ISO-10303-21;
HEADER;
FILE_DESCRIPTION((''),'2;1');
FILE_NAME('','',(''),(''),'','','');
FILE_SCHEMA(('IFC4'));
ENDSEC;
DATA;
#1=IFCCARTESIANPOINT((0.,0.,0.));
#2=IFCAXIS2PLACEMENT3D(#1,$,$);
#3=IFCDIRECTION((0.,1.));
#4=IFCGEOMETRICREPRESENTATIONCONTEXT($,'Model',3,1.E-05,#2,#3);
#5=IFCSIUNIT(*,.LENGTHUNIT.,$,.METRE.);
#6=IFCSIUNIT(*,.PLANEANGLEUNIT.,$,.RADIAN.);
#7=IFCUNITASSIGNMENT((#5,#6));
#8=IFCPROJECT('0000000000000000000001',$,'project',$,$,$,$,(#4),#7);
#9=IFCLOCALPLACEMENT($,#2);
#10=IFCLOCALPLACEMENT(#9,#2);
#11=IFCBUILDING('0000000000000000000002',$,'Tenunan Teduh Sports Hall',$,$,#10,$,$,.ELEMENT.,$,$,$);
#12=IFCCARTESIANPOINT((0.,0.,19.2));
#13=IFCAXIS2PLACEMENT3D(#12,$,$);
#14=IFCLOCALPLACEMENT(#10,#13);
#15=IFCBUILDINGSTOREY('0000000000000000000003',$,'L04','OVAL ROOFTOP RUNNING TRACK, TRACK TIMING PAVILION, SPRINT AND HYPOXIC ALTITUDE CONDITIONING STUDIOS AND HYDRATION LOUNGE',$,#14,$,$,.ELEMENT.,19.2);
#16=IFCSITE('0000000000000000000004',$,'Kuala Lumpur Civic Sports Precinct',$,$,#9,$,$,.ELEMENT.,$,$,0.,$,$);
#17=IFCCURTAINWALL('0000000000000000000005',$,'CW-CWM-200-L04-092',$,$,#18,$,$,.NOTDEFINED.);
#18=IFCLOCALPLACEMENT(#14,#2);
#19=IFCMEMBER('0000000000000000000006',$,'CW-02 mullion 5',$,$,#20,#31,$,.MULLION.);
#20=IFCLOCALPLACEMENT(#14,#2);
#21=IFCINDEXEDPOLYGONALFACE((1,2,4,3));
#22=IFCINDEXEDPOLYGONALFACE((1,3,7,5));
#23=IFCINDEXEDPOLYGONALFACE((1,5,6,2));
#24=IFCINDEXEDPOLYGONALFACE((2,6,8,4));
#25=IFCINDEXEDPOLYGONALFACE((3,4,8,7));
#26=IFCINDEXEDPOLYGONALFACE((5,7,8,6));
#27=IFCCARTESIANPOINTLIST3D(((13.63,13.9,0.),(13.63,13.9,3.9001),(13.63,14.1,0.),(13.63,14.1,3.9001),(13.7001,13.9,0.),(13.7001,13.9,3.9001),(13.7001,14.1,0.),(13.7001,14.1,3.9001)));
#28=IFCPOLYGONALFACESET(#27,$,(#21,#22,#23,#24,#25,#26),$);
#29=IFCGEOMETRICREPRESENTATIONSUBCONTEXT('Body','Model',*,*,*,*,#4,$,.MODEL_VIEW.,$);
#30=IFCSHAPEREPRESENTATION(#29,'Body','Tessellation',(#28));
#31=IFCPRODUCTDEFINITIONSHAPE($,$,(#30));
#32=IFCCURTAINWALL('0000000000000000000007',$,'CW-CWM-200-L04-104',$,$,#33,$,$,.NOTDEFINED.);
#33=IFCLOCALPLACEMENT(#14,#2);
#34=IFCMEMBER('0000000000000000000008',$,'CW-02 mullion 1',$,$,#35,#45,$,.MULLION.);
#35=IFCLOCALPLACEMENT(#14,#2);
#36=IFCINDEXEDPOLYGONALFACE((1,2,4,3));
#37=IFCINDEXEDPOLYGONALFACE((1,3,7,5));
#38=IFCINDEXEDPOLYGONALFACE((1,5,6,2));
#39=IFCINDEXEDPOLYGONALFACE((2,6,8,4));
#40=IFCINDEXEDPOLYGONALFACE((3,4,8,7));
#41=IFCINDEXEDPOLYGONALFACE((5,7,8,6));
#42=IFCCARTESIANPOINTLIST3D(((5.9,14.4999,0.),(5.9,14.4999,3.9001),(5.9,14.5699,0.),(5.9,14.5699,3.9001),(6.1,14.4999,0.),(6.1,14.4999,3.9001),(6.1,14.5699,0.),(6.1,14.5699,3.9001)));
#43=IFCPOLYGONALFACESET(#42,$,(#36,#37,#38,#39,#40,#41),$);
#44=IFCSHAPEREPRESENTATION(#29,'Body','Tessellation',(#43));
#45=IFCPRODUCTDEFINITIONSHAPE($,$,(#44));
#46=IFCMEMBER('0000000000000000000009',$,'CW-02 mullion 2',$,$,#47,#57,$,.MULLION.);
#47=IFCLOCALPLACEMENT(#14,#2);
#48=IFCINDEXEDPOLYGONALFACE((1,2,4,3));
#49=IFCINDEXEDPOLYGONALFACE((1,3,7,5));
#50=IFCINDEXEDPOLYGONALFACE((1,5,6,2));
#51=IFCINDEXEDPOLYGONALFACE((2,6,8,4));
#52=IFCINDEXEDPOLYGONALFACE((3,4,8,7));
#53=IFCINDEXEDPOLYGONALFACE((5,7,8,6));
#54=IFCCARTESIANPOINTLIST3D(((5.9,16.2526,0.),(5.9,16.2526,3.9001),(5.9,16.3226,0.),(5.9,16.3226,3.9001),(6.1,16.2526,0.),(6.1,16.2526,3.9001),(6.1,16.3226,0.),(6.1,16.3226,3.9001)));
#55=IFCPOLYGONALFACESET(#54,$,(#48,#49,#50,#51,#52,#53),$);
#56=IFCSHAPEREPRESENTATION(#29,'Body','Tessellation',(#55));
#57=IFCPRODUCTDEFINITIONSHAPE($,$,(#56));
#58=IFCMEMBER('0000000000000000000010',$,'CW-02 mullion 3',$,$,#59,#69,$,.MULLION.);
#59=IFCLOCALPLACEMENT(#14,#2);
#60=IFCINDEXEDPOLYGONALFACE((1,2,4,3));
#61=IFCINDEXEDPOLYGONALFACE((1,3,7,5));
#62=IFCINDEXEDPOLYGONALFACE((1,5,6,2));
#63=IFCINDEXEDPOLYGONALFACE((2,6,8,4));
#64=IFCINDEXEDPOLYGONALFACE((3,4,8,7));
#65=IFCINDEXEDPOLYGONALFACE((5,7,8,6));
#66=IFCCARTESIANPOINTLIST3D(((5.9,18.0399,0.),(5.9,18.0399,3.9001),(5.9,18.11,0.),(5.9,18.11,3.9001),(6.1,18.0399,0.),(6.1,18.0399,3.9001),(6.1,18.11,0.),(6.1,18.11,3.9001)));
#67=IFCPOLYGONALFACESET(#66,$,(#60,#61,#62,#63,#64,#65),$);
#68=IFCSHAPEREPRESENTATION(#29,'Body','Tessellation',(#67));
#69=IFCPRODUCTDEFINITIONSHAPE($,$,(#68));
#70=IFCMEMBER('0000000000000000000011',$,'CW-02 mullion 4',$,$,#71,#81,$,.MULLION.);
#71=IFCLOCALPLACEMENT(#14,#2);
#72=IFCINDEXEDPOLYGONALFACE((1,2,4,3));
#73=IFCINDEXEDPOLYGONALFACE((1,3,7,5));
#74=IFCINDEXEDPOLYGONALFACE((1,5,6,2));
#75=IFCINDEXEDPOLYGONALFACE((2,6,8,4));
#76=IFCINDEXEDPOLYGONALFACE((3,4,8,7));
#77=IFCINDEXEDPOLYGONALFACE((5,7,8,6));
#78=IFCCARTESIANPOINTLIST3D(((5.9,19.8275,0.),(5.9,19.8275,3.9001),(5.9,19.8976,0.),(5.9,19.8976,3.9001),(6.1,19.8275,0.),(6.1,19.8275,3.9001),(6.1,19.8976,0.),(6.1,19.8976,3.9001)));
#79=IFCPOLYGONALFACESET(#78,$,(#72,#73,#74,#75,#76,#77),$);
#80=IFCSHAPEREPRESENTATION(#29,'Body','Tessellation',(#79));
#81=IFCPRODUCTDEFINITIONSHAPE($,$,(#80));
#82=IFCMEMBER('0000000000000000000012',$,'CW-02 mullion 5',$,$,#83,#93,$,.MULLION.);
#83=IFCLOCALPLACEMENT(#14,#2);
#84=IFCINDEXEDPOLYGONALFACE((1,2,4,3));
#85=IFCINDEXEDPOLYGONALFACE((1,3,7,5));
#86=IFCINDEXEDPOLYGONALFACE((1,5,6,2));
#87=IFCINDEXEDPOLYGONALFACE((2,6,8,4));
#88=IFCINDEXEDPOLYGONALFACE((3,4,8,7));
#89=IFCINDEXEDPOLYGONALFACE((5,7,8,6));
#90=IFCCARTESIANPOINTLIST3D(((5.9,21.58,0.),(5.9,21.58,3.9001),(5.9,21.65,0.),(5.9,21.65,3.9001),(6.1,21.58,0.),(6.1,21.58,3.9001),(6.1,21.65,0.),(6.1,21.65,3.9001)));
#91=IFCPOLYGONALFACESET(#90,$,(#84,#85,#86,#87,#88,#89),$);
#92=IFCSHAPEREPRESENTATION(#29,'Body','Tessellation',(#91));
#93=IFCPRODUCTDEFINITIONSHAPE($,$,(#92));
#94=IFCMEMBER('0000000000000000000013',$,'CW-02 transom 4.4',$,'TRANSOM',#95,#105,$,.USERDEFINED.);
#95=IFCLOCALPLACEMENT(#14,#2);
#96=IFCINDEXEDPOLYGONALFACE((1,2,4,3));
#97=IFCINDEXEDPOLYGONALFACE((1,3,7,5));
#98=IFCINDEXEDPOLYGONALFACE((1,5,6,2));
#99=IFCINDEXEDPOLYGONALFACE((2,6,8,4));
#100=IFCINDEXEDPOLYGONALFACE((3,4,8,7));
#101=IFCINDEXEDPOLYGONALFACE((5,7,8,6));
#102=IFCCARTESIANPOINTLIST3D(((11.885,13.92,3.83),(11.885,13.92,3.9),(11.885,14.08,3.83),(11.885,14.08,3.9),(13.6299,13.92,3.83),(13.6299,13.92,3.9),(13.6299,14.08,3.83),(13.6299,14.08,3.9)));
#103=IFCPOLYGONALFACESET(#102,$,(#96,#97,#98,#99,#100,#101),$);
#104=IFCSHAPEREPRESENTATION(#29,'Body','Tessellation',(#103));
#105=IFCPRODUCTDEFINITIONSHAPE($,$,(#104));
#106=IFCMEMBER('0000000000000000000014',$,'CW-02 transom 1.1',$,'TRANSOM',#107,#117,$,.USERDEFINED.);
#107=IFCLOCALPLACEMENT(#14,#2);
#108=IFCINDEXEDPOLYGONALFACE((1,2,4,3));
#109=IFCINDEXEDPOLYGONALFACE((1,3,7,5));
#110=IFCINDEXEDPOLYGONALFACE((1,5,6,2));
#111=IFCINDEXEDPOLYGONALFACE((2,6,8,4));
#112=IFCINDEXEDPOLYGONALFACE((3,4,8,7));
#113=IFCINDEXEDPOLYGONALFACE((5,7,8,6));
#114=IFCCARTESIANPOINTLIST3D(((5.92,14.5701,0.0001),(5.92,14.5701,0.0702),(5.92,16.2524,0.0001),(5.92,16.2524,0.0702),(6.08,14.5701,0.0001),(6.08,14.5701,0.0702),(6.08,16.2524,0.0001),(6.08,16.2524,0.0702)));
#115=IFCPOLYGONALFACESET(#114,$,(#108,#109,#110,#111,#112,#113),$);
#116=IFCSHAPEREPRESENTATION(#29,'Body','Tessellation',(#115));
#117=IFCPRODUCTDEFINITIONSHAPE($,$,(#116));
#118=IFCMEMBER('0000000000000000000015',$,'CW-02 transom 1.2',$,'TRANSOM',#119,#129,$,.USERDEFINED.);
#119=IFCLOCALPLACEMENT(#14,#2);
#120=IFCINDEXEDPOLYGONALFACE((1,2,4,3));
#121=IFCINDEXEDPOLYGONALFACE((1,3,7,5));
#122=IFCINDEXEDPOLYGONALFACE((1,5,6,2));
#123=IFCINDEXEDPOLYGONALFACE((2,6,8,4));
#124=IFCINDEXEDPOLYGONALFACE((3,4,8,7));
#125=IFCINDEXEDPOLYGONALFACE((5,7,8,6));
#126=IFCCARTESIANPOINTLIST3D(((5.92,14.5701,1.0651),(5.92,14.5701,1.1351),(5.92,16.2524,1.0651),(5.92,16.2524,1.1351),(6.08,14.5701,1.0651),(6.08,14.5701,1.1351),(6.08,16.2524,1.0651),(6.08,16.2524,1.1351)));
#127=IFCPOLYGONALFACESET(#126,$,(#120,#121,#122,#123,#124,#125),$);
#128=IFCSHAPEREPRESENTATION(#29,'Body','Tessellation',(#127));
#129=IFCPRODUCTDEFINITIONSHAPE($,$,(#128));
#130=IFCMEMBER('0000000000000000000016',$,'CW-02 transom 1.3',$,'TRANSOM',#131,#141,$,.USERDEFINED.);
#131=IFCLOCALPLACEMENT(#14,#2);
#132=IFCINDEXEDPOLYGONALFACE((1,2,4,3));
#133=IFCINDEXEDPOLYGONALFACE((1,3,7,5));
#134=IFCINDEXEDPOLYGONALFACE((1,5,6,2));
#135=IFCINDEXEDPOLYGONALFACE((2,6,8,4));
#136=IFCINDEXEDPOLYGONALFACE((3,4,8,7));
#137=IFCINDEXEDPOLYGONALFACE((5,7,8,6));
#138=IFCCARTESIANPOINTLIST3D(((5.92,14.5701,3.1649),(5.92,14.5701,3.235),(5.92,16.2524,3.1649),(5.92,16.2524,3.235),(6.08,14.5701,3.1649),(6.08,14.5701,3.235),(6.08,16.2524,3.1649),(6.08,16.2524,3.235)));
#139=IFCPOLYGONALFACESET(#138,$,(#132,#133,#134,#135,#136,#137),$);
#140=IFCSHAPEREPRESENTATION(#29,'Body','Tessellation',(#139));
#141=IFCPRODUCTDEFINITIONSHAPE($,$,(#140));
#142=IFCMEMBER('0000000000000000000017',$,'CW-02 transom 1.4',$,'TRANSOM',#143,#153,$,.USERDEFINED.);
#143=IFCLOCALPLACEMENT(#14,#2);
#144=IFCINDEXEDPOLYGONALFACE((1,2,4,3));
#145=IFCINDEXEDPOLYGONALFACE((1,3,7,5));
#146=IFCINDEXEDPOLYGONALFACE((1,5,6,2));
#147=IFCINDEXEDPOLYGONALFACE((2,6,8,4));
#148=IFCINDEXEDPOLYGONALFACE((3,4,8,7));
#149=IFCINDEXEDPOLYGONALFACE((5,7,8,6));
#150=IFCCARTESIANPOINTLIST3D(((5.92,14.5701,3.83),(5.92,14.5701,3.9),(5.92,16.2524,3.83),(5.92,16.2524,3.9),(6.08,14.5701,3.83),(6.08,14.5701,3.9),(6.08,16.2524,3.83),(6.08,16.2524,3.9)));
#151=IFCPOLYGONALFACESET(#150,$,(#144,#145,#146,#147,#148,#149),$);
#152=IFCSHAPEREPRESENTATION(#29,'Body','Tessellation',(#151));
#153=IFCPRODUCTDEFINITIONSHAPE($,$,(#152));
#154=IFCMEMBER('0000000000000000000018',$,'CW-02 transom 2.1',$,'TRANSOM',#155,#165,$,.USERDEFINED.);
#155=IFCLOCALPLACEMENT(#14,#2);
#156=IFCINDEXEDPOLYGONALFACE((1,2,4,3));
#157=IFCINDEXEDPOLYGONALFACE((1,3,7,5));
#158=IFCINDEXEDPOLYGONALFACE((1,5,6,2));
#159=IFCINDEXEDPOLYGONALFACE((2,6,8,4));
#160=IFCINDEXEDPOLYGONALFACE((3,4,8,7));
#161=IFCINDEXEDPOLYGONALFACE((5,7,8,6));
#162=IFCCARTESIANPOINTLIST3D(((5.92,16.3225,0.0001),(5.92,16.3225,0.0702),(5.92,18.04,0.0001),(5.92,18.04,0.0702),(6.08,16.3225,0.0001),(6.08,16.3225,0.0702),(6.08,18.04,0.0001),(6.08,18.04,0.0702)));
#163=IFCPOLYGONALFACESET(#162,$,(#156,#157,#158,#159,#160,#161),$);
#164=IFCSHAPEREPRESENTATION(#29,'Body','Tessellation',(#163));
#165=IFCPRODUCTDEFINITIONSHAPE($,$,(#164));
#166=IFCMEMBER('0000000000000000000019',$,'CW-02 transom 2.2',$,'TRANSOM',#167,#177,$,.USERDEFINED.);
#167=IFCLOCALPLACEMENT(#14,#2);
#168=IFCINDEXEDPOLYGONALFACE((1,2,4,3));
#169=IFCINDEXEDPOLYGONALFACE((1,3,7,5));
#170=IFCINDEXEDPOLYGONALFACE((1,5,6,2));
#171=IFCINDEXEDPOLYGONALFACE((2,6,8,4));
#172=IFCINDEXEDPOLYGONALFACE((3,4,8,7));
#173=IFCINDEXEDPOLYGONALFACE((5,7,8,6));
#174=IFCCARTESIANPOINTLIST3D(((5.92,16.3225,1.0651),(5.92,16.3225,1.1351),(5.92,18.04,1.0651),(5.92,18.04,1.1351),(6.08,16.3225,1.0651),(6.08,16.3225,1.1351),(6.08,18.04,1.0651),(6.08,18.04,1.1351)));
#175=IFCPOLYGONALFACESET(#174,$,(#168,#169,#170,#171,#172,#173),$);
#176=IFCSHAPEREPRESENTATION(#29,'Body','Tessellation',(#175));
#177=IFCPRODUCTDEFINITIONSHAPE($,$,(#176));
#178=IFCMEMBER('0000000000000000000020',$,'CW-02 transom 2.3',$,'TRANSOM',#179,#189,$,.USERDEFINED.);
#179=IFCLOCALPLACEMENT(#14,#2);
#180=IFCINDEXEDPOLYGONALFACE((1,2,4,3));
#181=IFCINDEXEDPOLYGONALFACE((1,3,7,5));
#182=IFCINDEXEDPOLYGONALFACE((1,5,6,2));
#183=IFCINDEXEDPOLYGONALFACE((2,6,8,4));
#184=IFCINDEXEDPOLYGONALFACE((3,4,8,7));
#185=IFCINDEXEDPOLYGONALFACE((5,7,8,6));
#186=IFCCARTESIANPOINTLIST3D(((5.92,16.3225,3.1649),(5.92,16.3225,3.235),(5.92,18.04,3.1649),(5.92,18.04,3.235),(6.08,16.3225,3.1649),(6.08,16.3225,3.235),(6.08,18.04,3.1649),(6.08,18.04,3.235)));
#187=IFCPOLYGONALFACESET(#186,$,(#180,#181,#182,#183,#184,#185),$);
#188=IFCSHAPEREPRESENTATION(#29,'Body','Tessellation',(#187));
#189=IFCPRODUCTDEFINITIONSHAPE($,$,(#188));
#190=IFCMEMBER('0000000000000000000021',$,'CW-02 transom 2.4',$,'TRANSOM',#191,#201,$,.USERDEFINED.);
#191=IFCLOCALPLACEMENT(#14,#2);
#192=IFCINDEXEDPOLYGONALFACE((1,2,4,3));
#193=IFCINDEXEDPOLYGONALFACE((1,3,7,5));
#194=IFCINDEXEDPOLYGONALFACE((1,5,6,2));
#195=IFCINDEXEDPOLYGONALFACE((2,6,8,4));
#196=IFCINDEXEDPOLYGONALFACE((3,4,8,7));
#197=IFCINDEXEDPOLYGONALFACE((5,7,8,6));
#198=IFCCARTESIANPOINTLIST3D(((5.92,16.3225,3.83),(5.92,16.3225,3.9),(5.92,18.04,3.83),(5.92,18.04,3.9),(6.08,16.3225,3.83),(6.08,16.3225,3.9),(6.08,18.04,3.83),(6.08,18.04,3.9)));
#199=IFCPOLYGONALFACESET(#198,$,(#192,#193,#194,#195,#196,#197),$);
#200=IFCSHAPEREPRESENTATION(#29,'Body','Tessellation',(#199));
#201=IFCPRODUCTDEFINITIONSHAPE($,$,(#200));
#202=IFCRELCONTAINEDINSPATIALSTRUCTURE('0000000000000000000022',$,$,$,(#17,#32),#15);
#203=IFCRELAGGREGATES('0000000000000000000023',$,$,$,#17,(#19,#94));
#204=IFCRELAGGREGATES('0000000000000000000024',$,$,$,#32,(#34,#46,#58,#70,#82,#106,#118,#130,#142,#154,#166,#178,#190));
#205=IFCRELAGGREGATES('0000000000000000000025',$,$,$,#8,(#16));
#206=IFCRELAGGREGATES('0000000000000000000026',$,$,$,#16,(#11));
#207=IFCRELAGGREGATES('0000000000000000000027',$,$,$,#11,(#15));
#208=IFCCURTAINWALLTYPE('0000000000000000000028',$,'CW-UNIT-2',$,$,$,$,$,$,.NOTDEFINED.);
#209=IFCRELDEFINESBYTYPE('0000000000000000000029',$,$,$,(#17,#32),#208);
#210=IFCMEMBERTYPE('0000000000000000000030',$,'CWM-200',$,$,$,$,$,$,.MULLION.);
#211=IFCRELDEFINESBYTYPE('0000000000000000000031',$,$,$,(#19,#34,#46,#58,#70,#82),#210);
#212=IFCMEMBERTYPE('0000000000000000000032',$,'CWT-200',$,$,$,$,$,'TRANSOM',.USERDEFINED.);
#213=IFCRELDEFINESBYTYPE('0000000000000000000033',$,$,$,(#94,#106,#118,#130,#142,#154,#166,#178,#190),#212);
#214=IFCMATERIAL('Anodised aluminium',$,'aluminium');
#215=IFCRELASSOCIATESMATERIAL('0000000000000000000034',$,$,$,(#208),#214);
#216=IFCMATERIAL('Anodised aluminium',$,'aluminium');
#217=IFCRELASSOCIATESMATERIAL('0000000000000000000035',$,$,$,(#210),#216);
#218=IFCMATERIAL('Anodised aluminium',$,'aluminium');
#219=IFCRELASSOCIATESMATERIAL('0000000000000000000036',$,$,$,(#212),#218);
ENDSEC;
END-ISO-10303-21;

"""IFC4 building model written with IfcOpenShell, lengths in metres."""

from ifc_helpers import new_model, si_unit, direction, frame, origin, origin_2d, place, context, subcontext, project, spatial, rectangle, extrude, material, material_profile, profile_set, type_object, element, aggregate, save


model = new_model("IFC4")

# Units and contexts
model_context = context("Model", 3, precision=1e-05, world=origin(), true_north=direction((0.0, 1.0)))
body_context = subcontext(model_context, "Body", "Model", "MODEL_VIEW")
ifc_project = project(units=[si_unit("LENGTHUNIT", "METRE"), si_unit("PLANEANGLEUNIT", "RADIAN")], contexts=[model_context])

# Site, building, storey
site_placement = place(None, origin())
site = spatial("IfcSite", under=ifc_project, at=site_placement, Name="Kuala Lumpur Civic Sports Precinct", CompositionType="ELEMENT", RefElevation=0.0)
building_placement = place(site_placement, origin())
building = spatial("IfcBuilding", under=site, at=building_placement, Name="Tenunan Teduh Sports Hall", CompositionType="ELEMENT")
storey_placement = place(building_placement, frame((0.0, 0.0, 19.2)))
storey = spatial("IfcBuildingStorey", under=building, at=storey_placement, Name="L04", Description="OVAL ROOFTOP RUNNING TRACK, TRACK TIMING PAVILION, SPRINT AND HYPOXIC ALTITUDE CONDITIONING STUDIOS AND HYDRATION LOUNGE", CompositionType="ELEMENT", Elevation=19.2)

# Curtain wall, member
ifc_material_1 = material(Name="Anodised aluminium", Category="aluminium")
curtain_wall_type = type_object("IfcCurtainWallType", Name="CW-UNIT-2", PredefinedType="NOTDEFINED", material=ifc_material_1)
curtain_wall_1_placement = place(storey_placement, origin())
curtain_wall_1 = element("IfcCurtainWall", 1, at=curtain_wall_1_placement, inside=storey, type_object=curtain_wall_type, Name="CW-CWM-200-L04-092", PredefinedType="NOTDEFINED")
ifc_material_2 = material(Name="Anodised aluminium", Category="aluminium")
ifc_material_profile_1 = material_profile(ifc_material_2, rectangle(XDim=0.0701, YDim=0.2, at=origin_2d()), Name="CWM 70x200")
ifc_profile_set_1 = profile_set([ifc_material_profile_1], Name="Anodised aluminium")
member_type_1 = type_object("IfcMemberType", Name="CWM-200", PredefinedType="MULLION", material=ifc_profile_set_1)
member_1_placement = place(storey_placement, frame((13.665, 14.0, 0.0), z_axis=(0.0, 0.0, 1.0), x_axis=(1.0, 0.0, 0.0)))
member_1 = element("IfcMember", 2, at=member_1_placement, type_object=member_type_1, Name="CW-02 mullion 5", PredefinedType="MULLION", context=body_context, shape_type="SweptSolid", body=[
    extrude(rectangle(XDim=0.0701, YDim=0.2, at=origin_2d()), origin(), (0.0, 0.0, 1.0), 3.9001),
])

# Curtain wall, members
curtain_wall_2_placement = place(storey_placement, origin())
curtain_wall_2 = element("IfcCurtainWall", 3, at=curtain_wall_2_placement, inside=storey, type_object=curtain_wall_type, Name="CW-CWM-200-L04-104", PredefinedType="NOTDEFINED")
member_2_placement = place(storey_placement, frame((6.0, 14.5349, 0.0), z_axis=(0.0, 0.0, 1.0), x_axis=(0.0, 1.0, 0.0)))
member_2 = element("IfcMember", 4, at=member_2_placement, type_object=member_type_1, Name="CW-02 mullion 1", PredefinedType="MULLION", context=body_context, shape_type="SweptSolid", body=[
    extrude(rectangle(XDim=0.0701, YDim=0.2, at=origin_2d()), origin(), (0.0, 0.0, 1.0), 3.9001),
])
member_3_placement = place(storey_placement, frame((6.0, 16.2876, 0.0), z_axis=(0.0, 0.0, 1.0), x_axis=(0.0, 1.0, 0.0)))
member_3 = element("IfcMember", 5, at=member_3_placement, type_object=member_type_1, Name="CW-02 mullion 2", PredefinedType="MULLION", context=body_context, shape_type="SweptSolid", body=[
    extrude(rectangle(XDim=0.0701, YDim=0.2, at=origin_2d()), origin(), (0.0, 0.0, 1.0), 3.9001),
])
member_4_placement = place(storey_placement, frame((6.0, 18.075, 0.0), z_axis=(0.0, 0.0, 1.0), x_axis=(0.0, 1.0, 0.0)))
member_4 = element("IfcMember", 6, at=member_4_placement, type_object=member_type_1, Name="CW-02 mullion 3", PredefinedType="MULLION", context=body_context, shape_type="SweptSolid", body=[
    extrude(rectangle(XDim=0.0701, YDim=0.2, at=origin_2d()), origin(), (0.0, 0.0, 1.0), 3.9001),
])
member_5_placement = place(storey_placement, frame((6.0, 19.8625, 0.0), z_axis=(0.0, 0.0, 1.0), x_axis=(0.0, 1.0, 0.0)))
member_5 = element("IfcMember", 7, at=member_5_placement, type_object=member_type_1, Name="CW-02 mullion 4", PredefinedType="MULLION", context=body_context, shape_type="SweptSolid", body=[
    extrude(rectangle(XDim=0.0701, YDim=0.2, at=origin_2d()), origin(), (0.0, 0.0, 1.0), 3.9001),
])
member_6_placement = place(storey_placement, frame((6.0, 21.615, 0.0), z_axis=(0.0, 0.0, 1.0), x_axis=(0.0, 1.0, 0.0)))
member_6 = element("IfcMember", 8, at=member_6_placement, type_object=member_type_1, Name="CW-02 mullion 5", PredefinedType="MULLION", context=body_context, shape_type="SweptSolid", body=[
    extrude(rectangle(XDim=0.0701, YDim=0.2, at=origin_2d()), origin(), (0.0, 0.0, 1.0), 3.9001),
])

# Members
ifc_material_3 = material(Name="Anodised aluminium", Category="aluminium")
ifc_material_profile_2 = material_profile(ifc_material_3, rectangle(XDim=0.0701, YDim=0.1599, at=origin_2d()), Name="CWT 70x160")
ifc_profile_set_2 = profile_set([ifc_material_profile_2], Name="Anodised aluminium")
member_type_2 = type_object("IfcMemberType", Name="CWT-200", ElementType="TRANSOM", PredefinedType="USERDEFINED", material=ifc_profile_set_2)
member_7_placement = place(storey_placement, frame((11.885, 14.0, 3.865), z_axis=(1.0, 0.0, 0.0), x_axis=(0.0, 0.0, 1.0)))
member_7 = element("IfcMember", 9, at=member_7_placement, type_object=member_type_2, Name="CW-02 transom 4.4", ObjectType="TRANSOM", PredefinedType="USERDEFINED", context=body_context, shape_type="SweptSolid", body=[
    extrude(rectangle(XDim=0.0701, YDim=0.1599, at=origin_2d()), origin(), (0.0, 0.0, 1.0), 1.7449),
])
member_8_placement = place(storey_placement, frame((6.0, 14.5701, 0.0352), z_axis=(0.0, 1.0, 0.0), x_axis=(0.0, 0.0, 1.0)))
member_8 = element("IfcMember", 10, at=member_8_placement, type_object=member_type_2, Name="CW-02 transom 1.1", ObjectType="TRANSOM", PredefinedType="USERDEFINED", context=body_context, shape_type="SweptSolid", body=[
    extrude(rectangle(XDim=0.0701, YDim=0.1599, at=origin_2d()), origin(), (0.0, 0.0, 1.0), 1.6824),
])
member_9_placement = place(storey_placement, frame((6.0, 14.5701, 1.1001), z_axis=(0.0, 1.0, 0.0), x_axis=(0.0, 0.0, 1.0)))
member_9 = element("IfcMember", 11, at=member_9_placement, type_object=member_type_2, Name="CW-02 transom 1.2", ObjectType="TRANSOM", PredefinedType="USERDEFINED", context=body_context, shape_type="SweptSolid", body=[
    extrude(rectangle(XDim=0.0701, YDim=0.1599, at=origin_2d()), origin(), (0.0, 0.0, 1.0), 1.6824),
])
member_10_placement = place(storey_placement, frame((6.0, 14.5701, 3.2), z_axis=(0.0, 1.0, 0.0), x_axis=(0.0, 0.0, 1.0)))
member_10 = element("IfcMember", 12, at=member_10_placement, type_object=member_type_2, Name="CW-02 transom 1.3", ObjectType="TRANSOM", PredefinedType="USERDEFINED", context=body_context, shape_type="SweptSolid", body=[
    extrude(rectangle(XDim=0.0701, YDim=0.1599, at=origin_2d()), origin(), (0.0, 0.0, 1.0), 1.6824),
])
member_11_placement = place(storey_placement, frame((6.0, 14.5701, 3.865), z_axis=(0.0, 1.0, 0.0), x_axis=(0.0, 0.0, 1.0)))
member_11 = element("IfcMember", 13, at=member_11_placement, type_object=member_type_2, Name="CW-02 transom 1.4", ObjectType="TRANSOM", PredefinedType="USERDEFINED", context=body_context, shape_type="SweptSolid", body=[
    extrude(rectangle(XDim=0.0701, YDim=0.1599, at=origin_2d()), origin(), (0.0, 0.0, 1.0), 1.6824),
])
member_12_placement = place(storey_placement, frame((6.0, 16.3225, 0.0352), z_axis=(0.0, 1.0, 0.0), x_axis=(0.0, 0.0, 1.0)))
member_12 = element("IfcMember", 14, at=member_12_placement, type_object=member_type_2, Name="CW-02 transom 2.1", ObjectType="TRANSOM", PredefinedType="USERDEFINED", context=body_context, shape_type="SweptSolid", body=[
    extrude(rectangle(XDim=0.0701, YDim=0.1599, at=origin_2d()), origin(), (0.0, 0.0, 1.0), 1.7175),
])
member_13_placement = place(storey_placement, frame((6.0, 16.3225, 1.1001), z_axis=(0.0, 1.0, 0.0), x_axis=(0.0, 0.0, 1.0)))
member_13 = element("IfcMember", 15, at=member_13_placement, type_object=member_type_2, Name="CW-02 transom 2.2", ObjectType="TRANSOM", PredefinedType="USERDEFINED", context=body_context, shape_type="SweptSolid", body=[
    extrude(rectangle(XDim=0.0701, YDim=0.1599, at=origin_2d()), origin(), (0.0, 0.0, 1.0), 1.7175),
])
member_14_placement = place(storey_placement, frame((6.0, 16.3225, 3.2), z_axis=(0.0, 1.0, 0.0), x_axis=(0.0, 0.0, 1.0)))
member_14 = element("IfcMember", 16, at=member_14_placement, type_object=member_type_2, Name="CW-02 transom 2.3", ObjectType="TRANSOM", PredefinedType="USERDEFINED", context=body_context, shape_type="SweptSolid", body=[
    extrude(rectangle(XDim=0.0701, YDim=0.1599, at=origin_2d()), origin(), (0.0, 0.0, 1.0), 1.7175),
])
member_15_placement = place(storey_placement, frame((6.0, 16.3225, 3.865), z_axis=(0.0, 1.0, 0.0), x_axis=(0.0, 0.0, 1.0)))
member_15 = element("IfcMember", 17, at=member_15_placement, type_object=member_type_2, Name="CW-02 transom 2.4", ObjectType="TRANSOM", PredefinedType="USERDEFINED", context=body_context, shape_type="SweptSolid", body=[
    extrude(rectangle(XDim=0.0701, YDim=0.1599, at=origin_2d()), origin(), (0.0, 0.0, 1.0), 1.7175),
])

aggregate(curtain_wall_1, [member_1, member_7])
aggregate(curtain_wall_2, [member_2, member_3, member_4, member_5, member_6, member_8, member_9, member_10, member_11, member_12, member_13, member_14, member_15])

save(model, "model.ifc")
